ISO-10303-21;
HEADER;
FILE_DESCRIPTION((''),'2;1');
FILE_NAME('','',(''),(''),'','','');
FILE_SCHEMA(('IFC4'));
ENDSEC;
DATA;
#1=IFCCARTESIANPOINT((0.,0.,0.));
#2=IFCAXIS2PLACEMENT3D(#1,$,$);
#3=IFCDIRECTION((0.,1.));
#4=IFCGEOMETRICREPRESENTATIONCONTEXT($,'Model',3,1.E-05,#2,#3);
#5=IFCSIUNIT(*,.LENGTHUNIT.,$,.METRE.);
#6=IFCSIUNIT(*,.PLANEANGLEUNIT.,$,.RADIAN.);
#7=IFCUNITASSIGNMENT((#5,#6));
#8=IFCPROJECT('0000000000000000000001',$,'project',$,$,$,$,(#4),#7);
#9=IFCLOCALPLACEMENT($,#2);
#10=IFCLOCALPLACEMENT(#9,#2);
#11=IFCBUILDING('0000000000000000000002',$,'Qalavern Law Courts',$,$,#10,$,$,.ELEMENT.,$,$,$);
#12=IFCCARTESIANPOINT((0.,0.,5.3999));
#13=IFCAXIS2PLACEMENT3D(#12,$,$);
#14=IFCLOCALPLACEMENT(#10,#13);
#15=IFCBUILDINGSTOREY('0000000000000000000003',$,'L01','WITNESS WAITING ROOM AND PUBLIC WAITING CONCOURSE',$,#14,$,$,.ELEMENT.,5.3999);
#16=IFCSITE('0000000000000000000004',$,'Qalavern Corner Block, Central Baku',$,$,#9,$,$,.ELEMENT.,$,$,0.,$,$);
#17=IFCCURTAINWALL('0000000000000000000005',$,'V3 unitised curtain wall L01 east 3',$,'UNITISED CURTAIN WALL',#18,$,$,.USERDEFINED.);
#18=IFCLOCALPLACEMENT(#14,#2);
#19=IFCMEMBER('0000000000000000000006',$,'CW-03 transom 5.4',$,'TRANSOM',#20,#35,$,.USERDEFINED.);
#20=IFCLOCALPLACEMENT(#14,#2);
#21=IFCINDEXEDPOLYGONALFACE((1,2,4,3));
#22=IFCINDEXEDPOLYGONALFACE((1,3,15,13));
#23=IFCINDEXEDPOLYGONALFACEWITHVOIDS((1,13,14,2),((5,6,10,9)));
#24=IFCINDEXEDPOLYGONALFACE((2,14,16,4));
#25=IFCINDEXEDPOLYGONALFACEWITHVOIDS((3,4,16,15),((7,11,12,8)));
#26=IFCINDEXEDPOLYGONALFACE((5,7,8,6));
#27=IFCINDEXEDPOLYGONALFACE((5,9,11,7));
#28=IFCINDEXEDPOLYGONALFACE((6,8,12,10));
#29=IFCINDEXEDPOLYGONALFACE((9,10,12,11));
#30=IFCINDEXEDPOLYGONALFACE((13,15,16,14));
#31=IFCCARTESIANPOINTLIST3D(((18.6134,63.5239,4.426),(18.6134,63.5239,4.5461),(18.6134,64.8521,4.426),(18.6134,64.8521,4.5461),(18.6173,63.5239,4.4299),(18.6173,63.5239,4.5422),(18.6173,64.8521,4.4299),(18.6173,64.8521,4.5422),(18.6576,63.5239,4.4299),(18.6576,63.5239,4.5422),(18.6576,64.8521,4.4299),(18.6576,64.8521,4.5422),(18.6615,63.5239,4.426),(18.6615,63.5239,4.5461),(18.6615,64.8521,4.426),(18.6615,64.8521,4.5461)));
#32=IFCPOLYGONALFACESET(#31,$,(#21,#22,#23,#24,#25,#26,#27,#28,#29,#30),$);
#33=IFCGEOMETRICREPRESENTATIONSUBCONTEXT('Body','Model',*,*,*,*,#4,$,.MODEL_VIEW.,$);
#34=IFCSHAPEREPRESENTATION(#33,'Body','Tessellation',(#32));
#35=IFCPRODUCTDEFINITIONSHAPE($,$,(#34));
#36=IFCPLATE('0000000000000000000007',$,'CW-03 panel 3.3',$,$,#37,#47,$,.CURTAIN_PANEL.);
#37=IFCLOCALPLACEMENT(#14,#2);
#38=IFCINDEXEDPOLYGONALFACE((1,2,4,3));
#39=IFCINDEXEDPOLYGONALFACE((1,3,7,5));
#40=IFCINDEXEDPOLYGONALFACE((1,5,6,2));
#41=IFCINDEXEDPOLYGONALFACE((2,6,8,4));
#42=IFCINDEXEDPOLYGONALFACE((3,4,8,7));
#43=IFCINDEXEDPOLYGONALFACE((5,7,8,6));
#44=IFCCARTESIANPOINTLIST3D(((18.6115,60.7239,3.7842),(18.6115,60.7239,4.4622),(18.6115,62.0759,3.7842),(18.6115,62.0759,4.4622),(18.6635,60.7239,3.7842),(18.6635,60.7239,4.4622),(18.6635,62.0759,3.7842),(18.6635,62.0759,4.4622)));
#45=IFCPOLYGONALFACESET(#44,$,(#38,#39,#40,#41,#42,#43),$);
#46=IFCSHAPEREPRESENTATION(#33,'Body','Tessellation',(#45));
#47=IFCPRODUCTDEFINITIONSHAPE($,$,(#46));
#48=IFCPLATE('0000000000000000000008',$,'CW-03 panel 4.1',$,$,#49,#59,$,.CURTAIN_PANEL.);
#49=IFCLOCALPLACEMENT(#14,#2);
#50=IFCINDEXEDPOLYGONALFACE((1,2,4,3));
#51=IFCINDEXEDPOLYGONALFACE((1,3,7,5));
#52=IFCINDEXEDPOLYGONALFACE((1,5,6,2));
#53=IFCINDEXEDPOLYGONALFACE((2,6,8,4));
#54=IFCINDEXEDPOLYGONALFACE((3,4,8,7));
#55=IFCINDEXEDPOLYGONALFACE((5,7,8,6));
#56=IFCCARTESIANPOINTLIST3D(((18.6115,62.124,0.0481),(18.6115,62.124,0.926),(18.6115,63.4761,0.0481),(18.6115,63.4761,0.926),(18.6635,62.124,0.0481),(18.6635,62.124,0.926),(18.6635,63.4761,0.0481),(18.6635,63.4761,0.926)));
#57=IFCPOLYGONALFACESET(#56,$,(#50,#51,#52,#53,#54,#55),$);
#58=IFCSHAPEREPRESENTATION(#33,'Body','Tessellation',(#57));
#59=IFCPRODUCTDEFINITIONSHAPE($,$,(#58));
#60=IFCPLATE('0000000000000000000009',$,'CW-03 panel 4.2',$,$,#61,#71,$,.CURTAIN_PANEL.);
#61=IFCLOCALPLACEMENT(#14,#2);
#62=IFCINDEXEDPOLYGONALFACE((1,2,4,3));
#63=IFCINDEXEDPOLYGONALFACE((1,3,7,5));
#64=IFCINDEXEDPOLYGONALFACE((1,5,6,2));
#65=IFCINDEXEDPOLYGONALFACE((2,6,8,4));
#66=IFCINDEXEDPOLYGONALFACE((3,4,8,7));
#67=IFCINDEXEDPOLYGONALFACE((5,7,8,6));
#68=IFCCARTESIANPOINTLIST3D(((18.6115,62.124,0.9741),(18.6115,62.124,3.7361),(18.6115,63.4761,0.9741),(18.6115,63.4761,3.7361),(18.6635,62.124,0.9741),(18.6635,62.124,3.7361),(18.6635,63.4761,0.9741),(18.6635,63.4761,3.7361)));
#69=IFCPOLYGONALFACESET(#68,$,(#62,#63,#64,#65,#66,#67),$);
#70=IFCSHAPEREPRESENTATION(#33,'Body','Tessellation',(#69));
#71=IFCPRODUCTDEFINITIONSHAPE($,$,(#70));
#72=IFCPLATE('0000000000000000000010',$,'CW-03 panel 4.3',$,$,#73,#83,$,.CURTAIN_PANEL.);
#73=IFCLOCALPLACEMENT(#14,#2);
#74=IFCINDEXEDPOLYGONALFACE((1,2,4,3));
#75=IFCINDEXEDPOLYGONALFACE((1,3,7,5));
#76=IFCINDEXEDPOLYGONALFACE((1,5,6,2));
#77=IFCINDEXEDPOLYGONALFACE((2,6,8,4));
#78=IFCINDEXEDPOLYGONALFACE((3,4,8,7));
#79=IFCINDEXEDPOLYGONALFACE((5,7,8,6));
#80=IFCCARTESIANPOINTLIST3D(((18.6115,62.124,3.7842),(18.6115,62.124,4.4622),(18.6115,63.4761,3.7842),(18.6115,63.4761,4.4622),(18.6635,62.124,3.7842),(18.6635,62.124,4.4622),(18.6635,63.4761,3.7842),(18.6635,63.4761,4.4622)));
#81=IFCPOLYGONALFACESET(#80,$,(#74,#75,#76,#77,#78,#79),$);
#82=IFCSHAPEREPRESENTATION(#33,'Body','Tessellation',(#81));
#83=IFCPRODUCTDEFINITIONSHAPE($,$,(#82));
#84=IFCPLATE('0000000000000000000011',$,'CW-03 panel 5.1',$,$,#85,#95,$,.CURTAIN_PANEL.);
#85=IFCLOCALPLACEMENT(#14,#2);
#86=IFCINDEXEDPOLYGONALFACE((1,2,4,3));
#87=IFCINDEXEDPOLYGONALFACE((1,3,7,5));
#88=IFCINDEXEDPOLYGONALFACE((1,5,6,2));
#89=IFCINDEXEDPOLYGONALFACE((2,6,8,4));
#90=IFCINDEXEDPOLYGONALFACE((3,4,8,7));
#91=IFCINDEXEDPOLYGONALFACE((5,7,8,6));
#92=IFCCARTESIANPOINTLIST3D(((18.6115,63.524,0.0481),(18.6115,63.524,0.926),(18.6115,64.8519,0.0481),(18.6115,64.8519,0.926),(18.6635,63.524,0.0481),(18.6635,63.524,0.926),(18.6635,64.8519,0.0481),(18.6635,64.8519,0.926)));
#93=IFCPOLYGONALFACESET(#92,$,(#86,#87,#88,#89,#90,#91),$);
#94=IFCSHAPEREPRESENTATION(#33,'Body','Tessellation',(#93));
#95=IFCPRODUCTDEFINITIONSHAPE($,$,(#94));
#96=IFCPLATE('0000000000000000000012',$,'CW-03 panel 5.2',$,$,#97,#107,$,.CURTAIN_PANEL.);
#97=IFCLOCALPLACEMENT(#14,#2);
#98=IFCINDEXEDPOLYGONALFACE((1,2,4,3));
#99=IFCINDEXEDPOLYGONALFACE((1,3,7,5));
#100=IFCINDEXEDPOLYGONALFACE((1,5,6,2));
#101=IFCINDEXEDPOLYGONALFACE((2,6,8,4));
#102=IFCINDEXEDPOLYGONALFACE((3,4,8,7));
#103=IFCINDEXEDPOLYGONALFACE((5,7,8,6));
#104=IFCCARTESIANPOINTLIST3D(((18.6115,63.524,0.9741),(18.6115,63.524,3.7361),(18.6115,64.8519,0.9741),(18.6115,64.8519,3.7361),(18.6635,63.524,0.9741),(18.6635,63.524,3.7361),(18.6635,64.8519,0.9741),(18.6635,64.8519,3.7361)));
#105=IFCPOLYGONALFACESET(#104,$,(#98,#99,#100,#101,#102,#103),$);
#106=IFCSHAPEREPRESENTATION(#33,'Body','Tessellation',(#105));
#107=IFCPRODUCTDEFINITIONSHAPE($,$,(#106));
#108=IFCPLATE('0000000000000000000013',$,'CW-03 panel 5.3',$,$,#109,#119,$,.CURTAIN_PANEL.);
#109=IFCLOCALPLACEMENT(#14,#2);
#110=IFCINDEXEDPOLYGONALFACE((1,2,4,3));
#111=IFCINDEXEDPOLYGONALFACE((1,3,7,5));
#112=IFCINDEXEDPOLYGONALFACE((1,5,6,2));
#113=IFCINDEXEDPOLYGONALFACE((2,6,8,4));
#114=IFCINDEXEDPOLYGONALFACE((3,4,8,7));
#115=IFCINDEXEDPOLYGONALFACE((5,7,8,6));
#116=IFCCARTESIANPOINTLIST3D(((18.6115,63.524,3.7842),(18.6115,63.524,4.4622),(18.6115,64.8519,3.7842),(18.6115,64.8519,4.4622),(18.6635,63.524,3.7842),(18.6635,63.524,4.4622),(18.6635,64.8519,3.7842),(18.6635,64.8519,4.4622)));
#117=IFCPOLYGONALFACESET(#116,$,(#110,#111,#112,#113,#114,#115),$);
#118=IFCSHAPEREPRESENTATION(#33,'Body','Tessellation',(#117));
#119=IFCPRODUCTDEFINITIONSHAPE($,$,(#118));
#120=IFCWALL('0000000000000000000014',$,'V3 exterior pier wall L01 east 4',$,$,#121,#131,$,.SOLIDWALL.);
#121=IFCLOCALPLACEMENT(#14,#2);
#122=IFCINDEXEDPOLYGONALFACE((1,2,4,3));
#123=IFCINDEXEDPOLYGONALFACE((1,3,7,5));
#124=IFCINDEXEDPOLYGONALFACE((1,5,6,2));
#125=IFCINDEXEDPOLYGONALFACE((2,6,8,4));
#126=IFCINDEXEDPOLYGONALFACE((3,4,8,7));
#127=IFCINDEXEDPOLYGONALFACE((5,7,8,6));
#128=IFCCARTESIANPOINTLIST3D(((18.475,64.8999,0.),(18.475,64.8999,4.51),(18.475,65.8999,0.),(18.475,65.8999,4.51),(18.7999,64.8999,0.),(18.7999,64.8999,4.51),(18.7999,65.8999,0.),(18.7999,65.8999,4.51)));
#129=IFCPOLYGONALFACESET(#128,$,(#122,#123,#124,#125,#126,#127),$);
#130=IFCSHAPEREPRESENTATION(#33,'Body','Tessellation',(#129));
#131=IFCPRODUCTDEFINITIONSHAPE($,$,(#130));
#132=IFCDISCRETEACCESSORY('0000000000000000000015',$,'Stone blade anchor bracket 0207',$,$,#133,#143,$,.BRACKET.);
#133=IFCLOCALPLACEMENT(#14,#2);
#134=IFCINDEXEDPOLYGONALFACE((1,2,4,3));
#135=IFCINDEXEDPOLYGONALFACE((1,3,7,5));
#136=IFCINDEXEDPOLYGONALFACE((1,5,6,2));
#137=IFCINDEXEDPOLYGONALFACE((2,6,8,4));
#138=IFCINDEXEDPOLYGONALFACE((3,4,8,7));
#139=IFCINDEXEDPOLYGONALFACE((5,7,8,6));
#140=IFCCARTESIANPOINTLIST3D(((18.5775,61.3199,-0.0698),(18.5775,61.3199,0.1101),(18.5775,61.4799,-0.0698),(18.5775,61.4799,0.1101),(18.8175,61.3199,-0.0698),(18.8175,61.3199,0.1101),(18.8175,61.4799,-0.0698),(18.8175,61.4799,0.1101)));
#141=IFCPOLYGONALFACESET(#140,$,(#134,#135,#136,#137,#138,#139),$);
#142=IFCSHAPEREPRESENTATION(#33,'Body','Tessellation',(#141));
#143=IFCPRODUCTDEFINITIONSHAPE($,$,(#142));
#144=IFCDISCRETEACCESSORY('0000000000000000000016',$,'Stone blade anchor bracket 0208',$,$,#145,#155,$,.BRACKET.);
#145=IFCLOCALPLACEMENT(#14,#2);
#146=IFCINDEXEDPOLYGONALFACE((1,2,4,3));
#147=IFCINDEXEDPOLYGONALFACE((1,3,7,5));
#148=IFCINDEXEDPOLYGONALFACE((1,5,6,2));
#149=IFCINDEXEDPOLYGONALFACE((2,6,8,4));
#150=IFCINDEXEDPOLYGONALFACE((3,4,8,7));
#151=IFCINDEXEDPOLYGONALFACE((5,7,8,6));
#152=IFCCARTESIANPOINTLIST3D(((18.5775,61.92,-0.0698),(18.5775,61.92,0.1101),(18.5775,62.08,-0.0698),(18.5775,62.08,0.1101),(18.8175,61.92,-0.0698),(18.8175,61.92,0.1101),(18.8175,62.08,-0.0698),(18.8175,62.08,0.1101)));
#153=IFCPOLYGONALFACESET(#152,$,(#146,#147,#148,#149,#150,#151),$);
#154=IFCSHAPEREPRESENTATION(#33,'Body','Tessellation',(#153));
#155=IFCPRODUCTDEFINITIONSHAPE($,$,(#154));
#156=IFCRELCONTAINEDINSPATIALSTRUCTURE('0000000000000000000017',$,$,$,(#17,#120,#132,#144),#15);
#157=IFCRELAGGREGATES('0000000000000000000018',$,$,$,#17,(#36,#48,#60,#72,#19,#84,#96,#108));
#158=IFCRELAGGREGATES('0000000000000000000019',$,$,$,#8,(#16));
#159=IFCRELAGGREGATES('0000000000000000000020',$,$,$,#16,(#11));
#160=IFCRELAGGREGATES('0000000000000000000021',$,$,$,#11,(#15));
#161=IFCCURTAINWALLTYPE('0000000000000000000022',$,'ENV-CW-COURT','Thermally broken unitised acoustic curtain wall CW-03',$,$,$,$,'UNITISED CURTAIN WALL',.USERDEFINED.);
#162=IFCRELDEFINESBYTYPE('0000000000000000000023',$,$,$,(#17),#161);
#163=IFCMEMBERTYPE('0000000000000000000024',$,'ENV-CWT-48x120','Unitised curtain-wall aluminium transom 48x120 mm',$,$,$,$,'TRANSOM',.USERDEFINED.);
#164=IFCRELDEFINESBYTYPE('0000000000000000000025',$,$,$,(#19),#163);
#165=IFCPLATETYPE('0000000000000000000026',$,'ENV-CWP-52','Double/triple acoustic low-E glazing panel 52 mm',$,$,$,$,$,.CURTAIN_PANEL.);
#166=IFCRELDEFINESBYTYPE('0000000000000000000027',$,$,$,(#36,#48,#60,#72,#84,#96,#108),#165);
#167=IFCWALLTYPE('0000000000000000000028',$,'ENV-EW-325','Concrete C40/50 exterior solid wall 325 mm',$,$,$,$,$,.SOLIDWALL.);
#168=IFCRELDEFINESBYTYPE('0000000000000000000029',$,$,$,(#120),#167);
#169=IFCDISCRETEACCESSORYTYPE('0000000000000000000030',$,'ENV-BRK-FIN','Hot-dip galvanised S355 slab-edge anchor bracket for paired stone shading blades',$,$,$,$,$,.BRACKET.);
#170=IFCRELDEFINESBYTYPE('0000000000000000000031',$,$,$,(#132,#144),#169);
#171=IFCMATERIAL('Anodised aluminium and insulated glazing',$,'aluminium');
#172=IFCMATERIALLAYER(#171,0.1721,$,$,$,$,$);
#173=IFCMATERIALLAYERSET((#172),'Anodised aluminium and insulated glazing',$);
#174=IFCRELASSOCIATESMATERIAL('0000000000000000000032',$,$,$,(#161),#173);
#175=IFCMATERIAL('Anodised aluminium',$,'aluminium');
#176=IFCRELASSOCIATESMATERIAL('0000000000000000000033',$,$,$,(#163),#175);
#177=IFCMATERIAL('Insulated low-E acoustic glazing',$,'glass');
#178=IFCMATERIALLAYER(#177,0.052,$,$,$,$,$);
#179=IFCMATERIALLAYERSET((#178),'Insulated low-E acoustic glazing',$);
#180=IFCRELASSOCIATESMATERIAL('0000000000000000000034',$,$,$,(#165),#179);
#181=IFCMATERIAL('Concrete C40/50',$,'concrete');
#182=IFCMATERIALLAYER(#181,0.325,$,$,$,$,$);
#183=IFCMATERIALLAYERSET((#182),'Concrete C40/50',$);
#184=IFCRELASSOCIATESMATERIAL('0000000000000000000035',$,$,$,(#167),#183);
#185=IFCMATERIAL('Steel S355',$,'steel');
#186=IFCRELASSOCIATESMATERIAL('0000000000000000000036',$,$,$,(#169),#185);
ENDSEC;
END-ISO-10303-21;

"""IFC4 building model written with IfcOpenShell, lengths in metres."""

from ifc_helpers import new_model, si_unit, direction, frame, frame_2d, origin, origin_2d, place, context, subcontext, project, spatial, rectangle, hollow_rectangle, extrude, material, layer, layer_set, material_profile, profile_set, type_object, element, aggregate, save


model = new_model("IFC4")

# Units and contexts
model_context = context("Model", 3, precision=1e-05, world=origin(), true_north=direction((0.0, 1.0)))
body_context = subcontext(model_context, "Body", "Model", "MODEL_VIEW")
ifc_project = project(units=[si_unit("LENGTHUNIT", "METRE"), si_unit("PLANEANGLEUNIT", "RADIAN")], contexts=[model_context])

# Site, building, storey
site_placement = place(None, origin())
site = spatial("IfcSite", under=ifc_project, at=site_placement, Name="Qalavern Corner Block, Central Baku", CompositionType="ELEMENT", RefElevation=0.0)
building_placement = place(site_placement, origin())
building = spatial("IfcBuilding", under=site, at=building_placement, Name="Qalavern Law Courts", CompositionType="ELEMENT")
storey_placement = place(building_placement, frame((0.0, 0.0, 5.3999)))
storey = spatial("IfcBuildingStorey", under=building, at=storey_placement, Name="L01", Description="WITNESS WAITING ROOM AND PUBLIC WAITING CONCOURSE", CompositionType="ELEMENT", Elevation=5.3999)

# Curtain wall
ifc_material_1 = material(Name="Anodised aluminium and insulated glazing", Category="aluminium")
ifc_layer_1 = layer(ifc_material_1, 0.1721)
ifc_layer_set_1 = layer_set([ifc_layer_1], Name="Anodised aluminium and insulated glazing")
curtain_wall_type = type_object("IfcCurtainWallType", Name="ENV-CW-COURT", Description="Thermally broken unitised acoustic curtain wall CW-03", ElementType="UNITISED CURTAIN WALL", PredefinedType="USERDEFINED", material=ifc_layer_set_1)
curtain_wall_1_placement = place(storey_placement, origin())
curtain_wall_1 = element("IfcCurtainWall", 1, at=curtain_wall_1_placement, inside=storey, type_object=curtain_wall_type, Name="V3 unitised curtain wall L01 east 3", ObjectType="UNITISED CURTAIN WALL", PredefinedType="USERDEFINED")
ifc_material_2 = material(Name="Anodised aluminium", Category="aluminium")

# Member
ifc_material_profile_1 = material_profile(ifc_material_2, hollow_rectangle(XDim=0.0481, YDim=0.1201, WallThickness=0.0039, at=origin_2d()), Name="ALU TRANSOM 48x120")
ifc_profile_set_1 = profile_set([ifc_material_profile_1], Name="Anodised aluminium")
member_type_1 = type_object("IfcMemberType", Name="ENV-CWT-48x120", Description="Unitised curtain-wall aluminium transom 48x120 mm", ElementType="TRANSOM", PredefinedType="USERDEFINED", material=ifc_profile_set_1)
member_1_placement = place(storey_placement, frame((18.6375, 63.5239, 4.4861), z_axis=(0.0, 1.0, 0.0), x_axis=(-1.0, 0.0, 0.0)))
member_1 = element("IfcMember", 2, at=member_1_placement, type_object=member_type_1, Name="CW-03 transom 5.4", ObjectType="TRANSOM", PredefinedType="USERDEFINED", context=body_context, shape_type="SweptSolid", body=[
    extrude(hollow_rectangle(XDim=0.0481, YDim=0.1201, WallThickness=0.0039, at=origin_2d()), origin(), (0.0, 0.0, 1.0), 1.3281),
])

# Plates
ifc_material_3 = material(Name="Insulated low-E acoustic glazing", Category="glass")
ifc_layer_2 = layer(ifc_material_3, 0.052)
ifc_layer_set_2 = layer_set([ifc_layer_2], Name="Insulated low-E acoustic glazing")
plate_type = type_object("IfcPlateType", Name="ENV-CWP-52", Description="Double/triple acoustic low-E glazing panel 52 mm", PredefinedType="CURTAIN_PANEL", material=ifc_layer_set_2)
plate_1_placement = place(storey_placement, frame((18.6375, 61.3999, 3.7842), z_axis=(0.0, 0.0, 1.0), x_axis=(0.0, 1.0, 0.0)))
plate_1 = element("IfcPlate", 3, at=plate_1_placement, type_object=plate_type, Name="CW-03 panel 3.3", PredefinedType="CURTAIN_PANEL", context=body_context, shape_type="SweptSolid", body=[
    extrude(rectangle(XDim=1.3521, YDim=0.052, at=origin_2d()), origin(), (0.0, 0.0, 1.0), 0.678),
])
plate_2_placement = place(storey_placement, frame((18.6375, 62.8, 0.0481), z_axis=(0.0, 0.0, 1.0), x_axis=(0.0, 1.0, 0.0)))
plate_2 = element("IfcPlate", 4, at=plate_2_placement, type_object=plate_type, Name="CW-03 panel 4.1", PredefinedType="CURTAIN_PANEL", context=body_context, shape_type="SweptSolid", body=[
    extrude(rectangle(XDim=1.3521, YDim=0.052, at=origin_2d()), origin(), (0.0, 0.0, 1.0), 0.8779),
])
plate_3_placement = place(storey_placement, frame((18.6375, 62.8, 0.9741), z_axis=(0.0, 0.0, 1.0), x_axis=(0.0, 1.0, 0.0)))
plate_3 = element("IfcPlate", 5, at=plate_3_placement, type_object=plate_type, Name="CW-03 panel 4.2", PredefinedType="CURTAIN_PANEL", context=body_context, shape_type="SweptSolid", body=[
    extrude(rectangle(XDim=1.3521, YDim=0.052, at=origin_2d()), origin(), (0.0, 0.0, 1.0), 2.762),
])
plate_4_placement = place(storey_placement, frame((18.6375, 62.8, 3.7842), z_axis=(0.0, 0.0, 1.0), x_axis=(0.0, 1.0, 0.0)))
plate_4 = element("IfcPlate", 6, at=plate_4_placement, type_object=plate_type, Name="CW-03 panel 4.3", PredefinedType="CURTAIN_PANEL", context=body_context, shape_type="SweptSolid", body=[
    extrude(rectangle(XDim=1.3521, YDim=0.052, at=origin_2d()), origin(), (0.0, 0.0, 1.0), 0.678),
])
plate_5_placement = place(storey_placement, frame((18.6375, 64.188, 0.0481), z_axis=(0.0, 0.0, 1.0), x_axis=(0.0, 1.0, 0.0)))
plate_5 = element("IfcPlate", 7, at=plate_5_placement, type_object=plate_type, Name="CW-03 panel 5.1", PredefinedType="CURTAIN_PANEL", context=body_context, shape_type="SweptSolid", body=[
    extrude(rectangle(XDim=1.3279, YDim=0.052, at=origin_2d()), origin(), (0.0, 0.0, 1.0), 0.8779),
])
plate_6_placement = place(storey_placement, frame((18.6375, 64.188, 0.9741), z_axis=(0.0, 0.0, 1.0), x_axis=(0.0, 1.0, 0.0)))
plate_6 = element("IfcPlate", 8, at=plate_6_placement, type_object=plate_type, Name="CW-03 panel 5.2", PredefinedType="CURTAIN_PANEL", context=body_context, shape_type="SweptSolid", body=[
    extrude(rectangle(XDim=1.3279, YDim=0.052, at=origin_2d()), origin(), (0.0, 0.0, 1.0), 2.762),
])
plate_7_placement = place(storey_placement, frame((18.6375, 64.188, 3.7842), z_axis=(0.0, 0.0, 1.0), x_axis=(0.0, 1.0, 0.0)))
plate_7 = element("IfcPlate", 9, at=plate_7_placement, type_object=plate_type, Name="CW-03 panel 5.3", PredefinedType="CURTAIN_PANEL", context=body_context, shape_type="SweptSolid", body=[
    extrude(rectangle(XDim=1.3279, YDim=0.052, at=origin_2d()), origin(), (0.0, 0.0, 1.0), 0.678),
])
aggregate(curtain_wall_1, [plate_1, plate_2, plate_3, plate_4, member_1, plate_5, plate_6, plate_7])

# Wall
ifc_material_4 = material(Name="Concrete C40/50", Category="concrete")
ifc_layer_3 = layer(ifc_material_4, 0.325)
ifc_layer_set_3 = layer_set([ifc_layer_3], Name="Concrete C40/50")
wall_type = type_object("IfcWallType", Name="ENV-EW-325", Description="Concrete C40/50 exterior solid wall 325 mm", PredefinedType="SOLIDWALL", material=ifc_layer_set_3)
wall_placement = place(storey_placement, frame((18.6375, 64.8999, 0.0), z_axis=(0.0, 0.0, 1.0), x_axis=(0.0, 1.0, 0.0)))
element("IfcWall", 10, at=wall_placement, inside=storey, type_object=wall_type, Name="V3 exterior pier wall L01 east 4", PredefinedType="SOLIDWALL", context=body_context, shape_type="SweptSolid", body=[
    extrude(rectangle(XDim=1.0, YDim=0.325, at=frame_2d((0.5, 0.0))), origin(), (0.0, 0.0, 1.0), 4.51),
])

# Discrete accessories
ifc_material_5 = material(Name="Steel S355", Category="steel")
discrete_accessory_type = type_object("IfcDiscreteAccessoryType", Name="ENV-BRK-FIN", Description="Hot-dip galvanised S355 slab-edge anchor bracket for paired stone shading blades", PredefinedType="BRACKET", material=ifc_material_5)
for number, where, z_axis, x_axis, name in (
    (11, (18.6975, 61.3999, -0.0698), (0.0, 0.0, 1.0), (1.0, 0.0, 0.0), "Stone blade anchor bracket 0207"),
    (12, (18.6975, 62.0, -0.0698), (0.0, 0.0, 1.0), (1.0, 0.0, 0.0), "Stone blade anchor bracket 0208"),
):
    element("IfcDiscreteAccessory", number, at=place(storey_placement, frame(where, z_axis=z_axis, x_axis=x_axis)), inside=storey, type_object=discrete_accessory_type, Name=name, PredefinedType="BRACKET", context=body_context, shape_type="SweptSolid", body=[
        extrude(rectangle(XDim=0.24, YDim=0.1599, at=origin_2d()), origin(), (0.0, 0.0, 1.0), 0.1799),
    ])

save(model, "model.ifc")
